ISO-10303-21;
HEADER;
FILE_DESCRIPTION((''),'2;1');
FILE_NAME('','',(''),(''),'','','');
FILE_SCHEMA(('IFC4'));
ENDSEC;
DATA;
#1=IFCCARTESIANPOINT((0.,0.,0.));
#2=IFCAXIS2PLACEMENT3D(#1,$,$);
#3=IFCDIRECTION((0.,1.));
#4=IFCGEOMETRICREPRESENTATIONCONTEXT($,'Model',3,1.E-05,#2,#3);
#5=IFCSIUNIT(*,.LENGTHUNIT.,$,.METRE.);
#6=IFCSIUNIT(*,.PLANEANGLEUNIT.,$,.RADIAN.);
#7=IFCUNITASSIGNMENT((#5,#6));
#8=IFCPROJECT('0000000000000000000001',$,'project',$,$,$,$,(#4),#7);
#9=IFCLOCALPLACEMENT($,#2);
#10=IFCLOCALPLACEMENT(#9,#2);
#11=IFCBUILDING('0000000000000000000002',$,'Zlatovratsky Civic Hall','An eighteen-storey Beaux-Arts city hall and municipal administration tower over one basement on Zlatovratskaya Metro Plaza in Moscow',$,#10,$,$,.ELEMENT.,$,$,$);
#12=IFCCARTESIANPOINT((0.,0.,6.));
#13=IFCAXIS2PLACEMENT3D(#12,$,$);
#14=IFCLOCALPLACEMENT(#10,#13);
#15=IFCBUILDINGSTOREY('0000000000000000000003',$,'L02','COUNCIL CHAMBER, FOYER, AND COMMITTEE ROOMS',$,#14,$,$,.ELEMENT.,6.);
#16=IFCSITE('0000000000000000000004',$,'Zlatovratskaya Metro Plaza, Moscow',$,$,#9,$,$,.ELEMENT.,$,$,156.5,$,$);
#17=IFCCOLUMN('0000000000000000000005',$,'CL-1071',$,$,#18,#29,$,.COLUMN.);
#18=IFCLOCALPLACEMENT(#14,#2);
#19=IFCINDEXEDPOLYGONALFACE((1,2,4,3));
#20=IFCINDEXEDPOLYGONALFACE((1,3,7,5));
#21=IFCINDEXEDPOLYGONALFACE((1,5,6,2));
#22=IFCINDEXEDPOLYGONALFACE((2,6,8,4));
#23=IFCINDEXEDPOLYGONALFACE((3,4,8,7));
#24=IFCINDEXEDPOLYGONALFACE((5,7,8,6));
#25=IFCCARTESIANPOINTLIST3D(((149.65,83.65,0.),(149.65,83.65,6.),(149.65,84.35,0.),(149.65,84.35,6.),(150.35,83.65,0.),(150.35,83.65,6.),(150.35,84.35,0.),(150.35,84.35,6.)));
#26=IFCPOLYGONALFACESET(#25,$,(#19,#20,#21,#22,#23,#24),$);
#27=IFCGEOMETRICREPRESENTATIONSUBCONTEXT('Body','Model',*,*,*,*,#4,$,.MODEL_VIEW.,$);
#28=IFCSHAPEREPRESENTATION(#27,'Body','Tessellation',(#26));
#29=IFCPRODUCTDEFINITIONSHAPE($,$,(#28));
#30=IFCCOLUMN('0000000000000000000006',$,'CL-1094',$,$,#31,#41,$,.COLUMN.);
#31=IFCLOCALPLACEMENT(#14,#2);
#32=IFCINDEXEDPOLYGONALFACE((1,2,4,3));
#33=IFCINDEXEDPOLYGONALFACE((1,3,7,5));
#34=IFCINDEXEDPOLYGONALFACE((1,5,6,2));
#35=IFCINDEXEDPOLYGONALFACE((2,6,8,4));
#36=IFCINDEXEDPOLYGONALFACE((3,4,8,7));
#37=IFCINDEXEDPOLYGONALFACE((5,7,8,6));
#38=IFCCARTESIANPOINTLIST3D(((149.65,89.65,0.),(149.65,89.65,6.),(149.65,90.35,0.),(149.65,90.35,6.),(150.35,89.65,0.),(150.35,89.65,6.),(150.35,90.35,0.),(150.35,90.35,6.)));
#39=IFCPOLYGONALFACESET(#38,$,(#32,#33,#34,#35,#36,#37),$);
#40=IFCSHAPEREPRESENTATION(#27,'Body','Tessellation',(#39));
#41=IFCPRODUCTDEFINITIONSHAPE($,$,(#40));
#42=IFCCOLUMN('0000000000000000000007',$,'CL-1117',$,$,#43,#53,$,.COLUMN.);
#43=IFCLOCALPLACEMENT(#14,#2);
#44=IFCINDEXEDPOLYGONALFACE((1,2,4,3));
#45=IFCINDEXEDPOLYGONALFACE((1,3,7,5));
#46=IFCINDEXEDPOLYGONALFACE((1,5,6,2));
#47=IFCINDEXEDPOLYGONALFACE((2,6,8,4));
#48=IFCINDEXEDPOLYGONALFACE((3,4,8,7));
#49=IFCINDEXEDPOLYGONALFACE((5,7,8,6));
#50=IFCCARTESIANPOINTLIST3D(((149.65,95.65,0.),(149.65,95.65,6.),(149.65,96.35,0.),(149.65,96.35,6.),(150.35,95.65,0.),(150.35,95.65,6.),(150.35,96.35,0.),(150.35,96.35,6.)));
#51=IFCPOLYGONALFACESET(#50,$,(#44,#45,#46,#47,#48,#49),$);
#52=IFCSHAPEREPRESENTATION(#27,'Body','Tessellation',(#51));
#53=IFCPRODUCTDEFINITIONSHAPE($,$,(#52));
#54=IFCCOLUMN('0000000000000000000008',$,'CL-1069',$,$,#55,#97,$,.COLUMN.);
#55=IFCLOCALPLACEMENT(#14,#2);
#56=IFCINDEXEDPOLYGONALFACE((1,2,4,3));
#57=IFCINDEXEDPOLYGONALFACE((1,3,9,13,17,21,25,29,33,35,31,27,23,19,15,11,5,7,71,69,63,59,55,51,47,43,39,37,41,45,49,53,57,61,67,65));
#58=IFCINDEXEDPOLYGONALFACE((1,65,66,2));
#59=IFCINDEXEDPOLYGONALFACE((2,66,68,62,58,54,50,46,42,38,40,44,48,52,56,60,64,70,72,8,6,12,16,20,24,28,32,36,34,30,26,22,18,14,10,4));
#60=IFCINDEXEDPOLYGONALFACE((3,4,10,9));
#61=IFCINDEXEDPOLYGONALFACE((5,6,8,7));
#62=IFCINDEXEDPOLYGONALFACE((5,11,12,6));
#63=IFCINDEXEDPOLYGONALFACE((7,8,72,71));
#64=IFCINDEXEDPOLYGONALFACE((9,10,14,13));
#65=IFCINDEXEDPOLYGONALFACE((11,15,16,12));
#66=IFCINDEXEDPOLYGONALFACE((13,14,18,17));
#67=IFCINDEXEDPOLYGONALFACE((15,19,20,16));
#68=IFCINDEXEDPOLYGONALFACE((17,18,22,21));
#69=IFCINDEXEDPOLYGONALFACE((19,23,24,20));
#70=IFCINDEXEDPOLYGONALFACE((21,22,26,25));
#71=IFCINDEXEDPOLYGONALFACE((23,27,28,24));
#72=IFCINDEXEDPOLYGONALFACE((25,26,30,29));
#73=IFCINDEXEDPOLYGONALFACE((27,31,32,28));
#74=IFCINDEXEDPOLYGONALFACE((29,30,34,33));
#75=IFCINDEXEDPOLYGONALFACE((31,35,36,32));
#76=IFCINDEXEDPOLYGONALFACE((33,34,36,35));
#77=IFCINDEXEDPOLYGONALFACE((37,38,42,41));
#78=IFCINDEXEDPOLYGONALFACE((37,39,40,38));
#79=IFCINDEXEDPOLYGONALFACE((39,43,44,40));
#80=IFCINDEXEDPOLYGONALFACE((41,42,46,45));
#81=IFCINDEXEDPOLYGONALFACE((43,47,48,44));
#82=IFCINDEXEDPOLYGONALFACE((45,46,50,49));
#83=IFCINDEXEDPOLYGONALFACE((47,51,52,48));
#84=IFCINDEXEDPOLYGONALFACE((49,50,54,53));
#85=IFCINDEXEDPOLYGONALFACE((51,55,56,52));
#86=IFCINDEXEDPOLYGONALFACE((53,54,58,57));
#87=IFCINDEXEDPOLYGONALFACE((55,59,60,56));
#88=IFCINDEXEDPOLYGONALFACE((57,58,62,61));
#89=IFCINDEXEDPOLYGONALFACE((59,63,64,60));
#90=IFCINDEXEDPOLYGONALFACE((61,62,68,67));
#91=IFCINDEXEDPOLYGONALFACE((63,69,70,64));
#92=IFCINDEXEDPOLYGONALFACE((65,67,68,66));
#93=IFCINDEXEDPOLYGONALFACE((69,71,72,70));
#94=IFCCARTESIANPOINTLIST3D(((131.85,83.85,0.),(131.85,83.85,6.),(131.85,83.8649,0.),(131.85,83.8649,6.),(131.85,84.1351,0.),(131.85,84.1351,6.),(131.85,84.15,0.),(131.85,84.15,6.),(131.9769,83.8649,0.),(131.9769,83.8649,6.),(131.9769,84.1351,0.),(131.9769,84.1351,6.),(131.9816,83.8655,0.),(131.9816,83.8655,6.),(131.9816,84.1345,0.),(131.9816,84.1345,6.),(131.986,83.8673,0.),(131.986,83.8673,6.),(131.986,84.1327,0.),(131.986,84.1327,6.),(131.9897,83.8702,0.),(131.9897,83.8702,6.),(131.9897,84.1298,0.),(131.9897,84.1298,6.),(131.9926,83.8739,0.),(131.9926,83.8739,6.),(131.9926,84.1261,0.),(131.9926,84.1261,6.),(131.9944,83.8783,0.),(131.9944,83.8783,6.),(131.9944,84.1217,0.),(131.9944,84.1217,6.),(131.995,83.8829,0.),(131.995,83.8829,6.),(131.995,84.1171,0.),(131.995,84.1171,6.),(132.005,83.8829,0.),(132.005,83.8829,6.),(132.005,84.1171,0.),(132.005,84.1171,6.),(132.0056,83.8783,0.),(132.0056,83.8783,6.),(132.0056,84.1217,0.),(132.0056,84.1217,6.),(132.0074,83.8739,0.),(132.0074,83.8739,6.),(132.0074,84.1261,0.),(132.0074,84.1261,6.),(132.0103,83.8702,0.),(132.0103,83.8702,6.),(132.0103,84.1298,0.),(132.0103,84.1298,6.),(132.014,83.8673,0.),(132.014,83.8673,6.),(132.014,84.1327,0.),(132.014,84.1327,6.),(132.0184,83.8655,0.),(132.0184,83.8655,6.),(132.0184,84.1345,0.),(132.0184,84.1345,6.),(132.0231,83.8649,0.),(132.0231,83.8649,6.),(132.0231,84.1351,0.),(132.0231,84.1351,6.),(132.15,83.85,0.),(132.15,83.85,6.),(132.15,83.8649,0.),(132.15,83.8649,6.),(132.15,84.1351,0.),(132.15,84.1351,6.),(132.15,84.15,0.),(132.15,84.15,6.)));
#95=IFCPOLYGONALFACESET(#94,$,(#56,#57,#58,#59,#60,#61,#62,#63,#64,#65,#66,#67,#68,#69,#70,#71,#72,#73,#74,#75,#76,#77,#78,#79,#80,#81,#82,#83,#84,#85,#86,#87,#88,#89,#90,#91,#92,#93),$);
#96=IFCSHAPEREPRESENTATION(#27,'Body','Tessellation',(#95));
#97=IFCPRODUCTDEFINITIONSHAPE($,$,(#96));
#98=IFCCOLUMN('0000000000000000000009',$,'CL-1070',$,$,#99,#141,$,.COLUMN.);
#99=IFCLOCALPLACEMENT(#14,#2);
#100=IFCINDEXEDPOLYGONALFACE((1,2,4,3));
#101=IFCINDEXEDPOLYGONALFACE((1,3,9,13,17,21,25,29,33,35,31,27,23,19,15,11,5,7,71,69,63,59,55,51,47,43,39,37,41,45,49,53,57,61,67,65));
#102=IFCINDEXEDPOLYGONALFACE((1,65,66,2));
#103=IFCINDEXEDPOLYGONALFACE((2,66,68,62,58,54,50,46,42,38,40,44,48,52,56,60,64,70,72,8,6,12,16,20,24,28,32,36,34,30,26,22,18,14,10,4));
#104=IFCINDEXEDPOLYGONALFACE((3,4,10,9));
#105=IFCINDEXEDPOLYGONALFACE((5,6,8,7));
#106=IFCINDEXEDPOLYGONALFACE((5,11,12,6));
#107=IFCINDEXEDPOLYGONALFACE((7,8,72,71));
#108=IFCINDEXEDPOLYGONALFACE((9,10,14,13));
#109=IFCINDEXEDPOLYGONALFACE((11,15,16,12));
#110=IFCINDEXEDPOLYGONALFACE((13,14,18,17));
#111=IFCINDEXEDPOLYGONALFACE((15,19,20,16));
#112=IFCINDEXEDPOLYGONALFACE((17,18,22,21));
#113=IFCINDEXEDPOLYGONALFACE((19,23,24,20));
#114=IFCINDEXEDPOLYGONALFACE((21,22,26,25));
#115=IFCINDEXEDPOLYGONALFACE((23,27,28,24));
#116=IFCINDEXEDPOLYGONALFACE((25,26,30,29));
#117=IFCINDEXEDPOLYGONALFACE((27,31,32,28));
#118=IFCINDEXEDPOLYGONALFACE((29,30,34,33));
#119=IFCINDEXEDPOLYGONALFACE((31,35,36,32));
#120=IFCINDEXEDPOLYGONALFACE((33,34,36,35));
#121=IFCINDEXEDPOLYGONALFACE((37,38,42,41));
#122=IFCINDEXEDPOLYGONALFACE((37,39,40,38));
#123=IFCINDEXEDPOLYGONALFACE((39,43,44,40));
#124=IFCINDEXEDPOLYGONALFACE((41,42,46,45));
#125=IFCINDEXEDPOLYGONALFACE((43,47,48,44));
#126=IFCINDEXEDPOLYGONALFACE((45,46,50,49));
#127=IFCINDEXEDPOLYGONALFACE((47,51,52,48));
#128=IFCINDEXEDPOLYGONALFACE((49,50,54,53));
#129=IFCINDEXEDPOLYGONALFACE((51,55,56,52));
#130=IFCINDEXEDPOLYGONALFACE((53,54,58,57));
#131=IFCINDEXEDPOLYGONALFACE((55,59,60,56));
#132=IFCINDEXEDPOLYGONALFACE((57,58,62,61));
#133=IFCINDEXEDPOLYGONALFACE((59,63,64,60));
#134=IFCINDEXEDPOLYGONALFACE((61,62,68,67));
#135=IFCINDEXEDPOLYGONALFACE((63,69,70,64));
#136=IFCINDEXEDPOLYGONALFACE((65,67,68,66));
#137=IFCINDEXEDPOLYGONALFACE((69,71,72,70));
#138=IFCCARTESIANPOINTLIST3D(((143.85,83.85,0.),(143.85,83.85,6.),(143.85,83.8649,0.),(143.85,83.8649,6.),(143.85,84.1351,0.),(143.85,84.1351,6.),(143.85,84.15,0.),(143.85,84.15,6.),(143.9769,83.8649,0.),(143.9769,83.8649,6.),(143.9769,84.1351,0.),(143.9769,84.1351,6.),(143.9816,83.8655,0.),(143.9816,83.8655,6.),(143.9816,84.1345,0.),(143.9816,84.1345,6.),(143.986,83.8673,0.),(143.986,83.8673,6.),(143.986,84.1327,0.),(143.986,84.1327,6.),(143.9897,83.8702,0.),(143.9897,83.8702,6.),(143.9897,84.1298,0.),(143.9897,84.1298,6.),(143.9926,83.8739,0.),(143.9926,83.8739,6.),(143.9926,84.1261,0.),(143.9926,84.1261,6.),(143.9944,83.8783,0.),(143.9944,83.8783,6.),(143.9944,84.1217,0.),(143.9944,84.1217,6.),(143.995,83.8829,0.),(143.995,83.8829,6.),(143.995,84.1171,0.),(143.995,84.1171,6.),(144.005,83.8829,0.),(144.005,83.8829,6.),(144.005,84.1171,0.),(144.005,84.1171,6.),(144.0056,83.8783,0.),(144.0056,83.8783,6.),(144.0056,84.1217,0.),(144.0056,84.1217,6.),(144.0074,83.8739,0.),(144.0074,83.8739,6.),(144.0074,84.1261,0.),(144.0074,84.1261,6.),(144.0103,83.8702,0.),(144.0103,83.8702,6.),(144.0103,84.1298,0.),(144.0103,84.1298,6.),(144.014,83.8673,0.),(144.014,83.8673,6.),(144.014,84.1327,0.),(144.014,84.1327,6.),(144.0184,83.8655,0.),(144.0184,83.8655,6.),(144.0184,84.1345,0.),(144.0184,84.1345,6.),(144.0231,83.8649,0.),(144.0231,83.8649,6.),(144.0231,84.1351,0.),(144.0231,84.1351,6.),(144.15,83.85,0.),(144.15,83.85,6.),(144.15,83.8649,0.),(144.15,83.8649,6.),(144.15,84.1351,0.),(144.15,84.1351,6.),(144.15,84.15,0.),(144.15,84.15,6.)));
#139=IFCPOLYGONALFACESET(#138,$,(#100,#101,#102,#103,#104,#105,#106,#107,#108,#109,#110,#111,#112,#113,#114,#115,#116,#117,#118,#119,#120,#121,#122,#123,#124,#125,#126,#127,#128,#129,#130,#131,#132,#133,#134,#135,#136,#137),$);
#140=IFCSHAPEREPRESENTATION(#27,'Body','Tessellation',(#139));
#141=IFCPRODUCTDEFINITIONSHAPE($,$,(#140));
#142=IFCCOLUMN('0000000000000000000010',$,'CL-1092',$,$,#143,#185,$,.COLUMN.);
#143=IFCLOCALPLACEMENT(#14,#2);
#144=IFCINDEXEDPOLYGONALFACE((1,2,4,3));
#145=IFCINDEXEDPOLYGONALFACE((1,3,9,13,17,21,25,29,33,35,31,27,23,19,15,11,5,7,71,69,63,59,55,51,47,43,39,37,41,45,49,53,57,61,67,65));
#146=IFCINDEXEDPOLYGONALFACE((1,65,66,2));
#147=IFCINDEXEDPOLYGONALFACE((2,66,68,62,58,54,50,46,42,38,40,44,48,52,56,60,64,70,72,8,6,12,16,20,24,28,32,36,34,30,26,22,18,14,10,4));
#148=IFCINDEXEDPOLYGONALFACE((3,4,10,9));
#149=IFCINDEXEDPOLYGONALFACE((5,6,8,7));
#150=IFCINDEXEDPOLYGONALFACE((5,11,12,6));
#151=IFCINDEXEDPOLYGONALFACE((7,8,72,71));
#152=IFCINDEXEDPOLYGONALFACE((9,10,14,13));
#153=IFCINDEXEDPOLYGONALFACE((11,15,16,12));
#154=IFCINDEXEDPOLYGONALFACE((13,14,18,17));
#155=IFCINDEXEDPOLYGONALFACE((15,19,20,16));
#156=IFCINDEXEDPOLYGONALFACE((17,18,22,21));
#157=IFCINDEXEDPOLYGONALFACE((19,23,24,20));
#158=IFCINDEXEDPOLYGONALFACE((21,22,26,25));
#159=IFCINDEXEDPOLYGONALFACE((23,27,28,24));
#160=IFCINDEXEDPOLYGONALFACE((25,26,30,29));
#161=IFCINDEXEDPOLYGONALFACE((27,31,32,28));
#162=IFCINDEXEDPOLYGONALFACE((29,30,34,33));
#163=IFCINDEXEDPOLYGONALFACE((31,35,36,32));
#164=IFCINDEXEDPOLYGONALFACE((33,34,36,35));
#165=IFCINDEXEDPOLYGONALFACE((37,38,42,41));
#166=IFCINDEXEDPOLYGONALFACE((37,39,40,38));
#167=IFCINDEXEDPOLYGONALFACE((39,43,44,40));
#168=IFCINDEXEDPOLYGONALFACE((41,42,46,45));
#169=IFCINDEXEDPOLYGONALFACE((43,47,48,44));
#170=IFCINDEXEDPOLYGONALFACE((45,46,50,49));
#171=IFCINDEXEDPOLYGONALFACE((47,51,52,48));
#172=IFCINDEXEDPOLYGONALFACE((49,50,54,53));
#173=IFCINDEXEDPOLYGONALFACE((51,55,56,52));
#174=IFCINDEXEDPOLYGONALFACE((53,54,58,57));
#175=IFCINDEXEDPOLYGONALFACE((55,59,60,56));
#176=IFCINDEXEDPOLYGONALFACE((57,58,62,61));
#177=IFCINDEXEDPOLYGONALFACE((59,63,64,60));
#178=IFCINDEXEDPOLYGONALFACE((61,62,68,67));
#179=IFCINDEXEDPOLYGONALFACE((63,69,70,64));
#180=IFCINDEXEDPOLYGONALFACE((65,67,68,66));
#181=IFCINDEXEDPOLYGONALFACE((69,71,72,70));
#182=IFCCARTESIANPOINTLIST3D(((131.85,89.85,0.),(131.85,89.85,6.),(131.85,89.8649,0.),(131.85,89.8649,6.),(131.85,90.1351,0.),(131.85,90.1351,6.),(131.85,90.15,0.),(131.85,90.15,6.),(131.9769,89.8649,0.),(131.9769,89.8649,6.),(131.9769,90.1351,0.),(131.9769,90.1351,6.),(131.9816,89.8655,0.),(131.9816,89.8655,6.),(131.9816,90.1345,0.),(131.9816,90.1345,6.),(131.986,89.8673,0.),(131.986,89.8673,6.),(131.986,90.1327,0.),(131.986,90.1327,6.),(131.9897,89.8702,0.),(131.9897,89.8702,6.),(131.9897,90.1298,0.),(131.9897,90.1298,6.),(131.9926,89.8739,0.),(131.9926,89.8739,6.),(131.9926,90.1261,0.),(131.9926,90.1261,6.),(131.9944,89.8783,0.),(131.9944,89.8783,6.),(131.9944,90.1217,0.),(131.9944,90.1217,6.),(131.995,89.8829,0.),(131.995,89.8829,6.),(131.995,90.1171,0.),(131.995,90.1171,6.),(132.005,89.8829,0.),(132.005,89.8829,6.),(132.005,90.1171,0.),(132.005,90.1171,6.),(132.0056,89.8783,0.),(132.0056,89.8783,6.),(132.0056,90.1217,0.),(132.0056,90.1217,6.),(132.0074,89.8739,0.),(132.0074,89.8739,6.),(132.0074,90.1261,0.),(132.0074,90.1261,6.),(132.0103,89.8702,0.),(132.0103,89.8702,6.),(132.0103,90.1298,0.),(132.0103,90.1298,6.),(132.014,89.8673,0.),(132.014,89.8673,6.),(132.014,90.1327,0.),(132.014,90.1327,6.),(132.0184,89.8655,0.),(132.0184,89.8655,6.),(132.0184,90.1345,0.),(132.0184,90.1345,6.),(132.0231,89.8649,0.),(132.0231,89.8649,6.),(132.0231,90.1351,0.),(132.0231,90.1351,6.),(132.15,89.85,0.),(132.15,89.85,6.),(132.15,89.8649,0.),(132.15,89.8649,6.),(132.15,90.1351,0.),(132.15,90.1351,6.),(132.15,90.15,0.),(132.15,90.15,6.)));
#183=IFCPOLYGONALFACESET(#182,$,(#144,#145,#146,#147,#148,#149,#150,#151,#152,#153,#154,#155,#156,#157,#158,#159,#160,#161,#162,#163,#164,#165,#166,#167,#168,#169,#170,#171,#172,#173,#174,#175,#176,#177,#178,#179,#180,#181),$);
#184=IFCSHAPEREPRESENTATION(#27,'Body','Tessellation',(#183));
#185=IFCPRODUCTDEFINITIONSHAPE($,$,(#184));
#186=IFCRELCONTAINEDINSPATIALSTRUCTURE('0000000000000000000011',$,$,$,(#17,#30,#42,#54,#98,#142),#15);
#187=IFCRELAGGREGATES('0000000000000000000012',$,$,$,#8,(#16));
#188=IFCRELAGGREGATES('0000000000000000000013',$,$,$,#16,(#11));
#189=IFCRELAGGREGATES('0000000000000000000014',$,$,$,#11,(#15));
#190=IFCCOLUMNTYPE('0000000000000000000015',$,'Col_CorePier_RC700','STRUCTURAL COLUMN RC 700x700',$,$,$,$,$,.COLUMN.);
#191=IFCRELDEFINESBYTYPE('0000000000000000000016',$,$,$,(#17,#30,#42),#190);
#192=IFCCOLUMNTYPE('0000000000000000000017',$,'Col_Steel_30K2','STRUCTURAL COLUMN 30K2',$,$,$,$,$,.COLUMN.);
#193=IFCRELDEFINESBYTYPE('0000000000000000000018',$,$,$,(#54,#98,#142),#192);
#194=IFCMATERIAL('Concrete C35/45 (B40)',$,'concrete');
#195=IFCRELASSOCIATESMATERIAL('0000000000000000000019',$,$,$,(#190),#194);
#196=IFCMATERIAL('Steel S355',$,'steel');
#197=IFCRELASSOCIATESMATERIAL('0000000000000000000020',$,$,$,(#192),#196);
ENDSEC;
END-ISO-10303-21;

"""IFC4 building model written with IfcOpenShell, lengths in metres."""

from ifc_helpers import new_model, si_unit, direction, frame, origin, origin_2d, place, context, subcontext, project, spatial, rectangle, i_section, extrude, material, material_profile, profile_set, type_object, element, save


model = new_model("IFC4")

# Units and contexts
model_context = context("Model", 3, precision=1e-05, world=origin(), true_north=direction((0.0, 1.0)))
body_context = subcontext(model_context, "Body", "Model", "MODEL_VIEW")
ifc_project = project(units=[si_unit("LENGTHUNIT", "METRE"), si_unit("PLANEANGLEUNIT", "RADIAN")], contexts=[model_context])

# Site, building, storey
site_placement = place(None, origin())
site = spatial("IfcSite", under=ifc_project, at=site_placement, Name="Zlatovratskaya Metro Plaza, Moscow", CompositionType="ELEMENT", RefElevation=156.5)
building_placement = place(site_placement, origin())
building = spatial("IfcBuilding", under=site, at=building_placement, Name="Zlatovratsky Civic Hall", Description="An eighteen-storey Beaux-Arts city hall and municipal administration tower over one basement on Zlatovratskaya Metro Plaza in Moscow", CompositionType="ELEMENT")
storey_placement = place(building_placement, frame((0.0, 0.0, 6.0)))
storey = spatial("IfcBuildingStorey", under=building, at=storey_placement, Name="L02", Description="COUNCIL CHAMBER, FOYER, AND COMMITTEE ROOMS", CompositionType="ELEMENT", Elevation=6.0)

# Columns
ifc_material_1 = material(Name="Concrete C35/45 (B40)", Category="concrete")
ifc_material_profile_1 = material_profile(ifc_material_1, rectangle(XDim=0.7, YDim=0.7, at=origin_2d()), Name="RC 700x700")
ifc_profile_set_1 = profile_set([ifc_material_profile_1], Name="Concrete C35/45 (B40)")
column_type_1 = type_object("IfcColumnType", Name="Col_CorePier_RC700", Description="STRUCTURAL COLUMN RC 700x700", PredefinedType="COLUMN", material=ifc_profile_set_1)
for number, where, z_axis, x_axis, name in (
    (1, (150.0, 84.0, 0.0), (0.0, 0.0, 1.0), (1.0, 0.0, 0.0), "CL-1071"),
    (2, (150.0, 90.0, 0.0), (0.0, 0.0, 1.0), (1.0, 0.0, 0.0), "CL-1094"),
    (3, (150.0, 96.0, 0.0), (0.0, 0.0, 1.0), (1.0, 0.0, 0.0), "CL-1117"),
):
    element("IfcColumn", number, at=place(storey_placement, frame(where, z_axis=z_axis, x_axis=x_axis)), inside=storey, type_object=column_type_1, Name=name, PredefinedType="COLUMN", context=body_context, shape_type="SweptSolid", body=[
        extrude(rectangle(XDim=0.7, YDim=0.7, at=origin_2d()), origin(), (0.0, 0.0, 1.0), 6.0),
    ])
ifc_material_2 = material(Name="Steel S355", Category="steel")
ifc_material_profile_2 = material_profile(ifc_material_2, i_section(OverallWidth=0.3, OverallDepth=0.3, WebThickness=0.01, FlangeThickness=0.0149, FilletRadius=0.0181, at=origin_2d()), Name="30K2")
ifc_profile_set_2 = profile_set([ifc_material_profile_2], Name="Steel S355")
column_type_2 = type_object("IfcColumnType", Name="Col_Steel_30K2", Description="STRUCTURAL COLUMN 30K2", PredefinedType="COLUMN", material=ifc_profile_set_2)
for number, where, z_axis, x_axis, name in (
    (4, (132.0, 84.0, 0.0), (0.0, 0.0, 1.0), (1.0, 0.0, 0.0), "CL-1069"),
    (5, (144.0, 84.0, 0.0), (0.0, 0.0, 1.0), (1.0, 0.0, 0.0), "CL-1070"),
    (6, (132.0, 90.0, 0.0), (0.0, 0.0, 1.0), (1.0, 0.0, 0.0), "CL-1092"),
):
    element("IfcColumn", number, at=place(storey_placement, frame(where, z_axis=z_axis, x_axis=x_axis)), inside=storey, type_object=column_type_2, Name=name, PredefinedType="COLUMN", context=body_context, shape_type="SweptSolid", body=[
        extrude(i_section(OverallWidth=0.3, OverallDepth=0.3, WebThickness=0.01, FlangeThickness=0.0149, FilletRadius=0.0181, at=origin_2d()), origin(), (0.0, 0.0, 1.0), 6.0),
    ])

save(model, "model.ifc")
